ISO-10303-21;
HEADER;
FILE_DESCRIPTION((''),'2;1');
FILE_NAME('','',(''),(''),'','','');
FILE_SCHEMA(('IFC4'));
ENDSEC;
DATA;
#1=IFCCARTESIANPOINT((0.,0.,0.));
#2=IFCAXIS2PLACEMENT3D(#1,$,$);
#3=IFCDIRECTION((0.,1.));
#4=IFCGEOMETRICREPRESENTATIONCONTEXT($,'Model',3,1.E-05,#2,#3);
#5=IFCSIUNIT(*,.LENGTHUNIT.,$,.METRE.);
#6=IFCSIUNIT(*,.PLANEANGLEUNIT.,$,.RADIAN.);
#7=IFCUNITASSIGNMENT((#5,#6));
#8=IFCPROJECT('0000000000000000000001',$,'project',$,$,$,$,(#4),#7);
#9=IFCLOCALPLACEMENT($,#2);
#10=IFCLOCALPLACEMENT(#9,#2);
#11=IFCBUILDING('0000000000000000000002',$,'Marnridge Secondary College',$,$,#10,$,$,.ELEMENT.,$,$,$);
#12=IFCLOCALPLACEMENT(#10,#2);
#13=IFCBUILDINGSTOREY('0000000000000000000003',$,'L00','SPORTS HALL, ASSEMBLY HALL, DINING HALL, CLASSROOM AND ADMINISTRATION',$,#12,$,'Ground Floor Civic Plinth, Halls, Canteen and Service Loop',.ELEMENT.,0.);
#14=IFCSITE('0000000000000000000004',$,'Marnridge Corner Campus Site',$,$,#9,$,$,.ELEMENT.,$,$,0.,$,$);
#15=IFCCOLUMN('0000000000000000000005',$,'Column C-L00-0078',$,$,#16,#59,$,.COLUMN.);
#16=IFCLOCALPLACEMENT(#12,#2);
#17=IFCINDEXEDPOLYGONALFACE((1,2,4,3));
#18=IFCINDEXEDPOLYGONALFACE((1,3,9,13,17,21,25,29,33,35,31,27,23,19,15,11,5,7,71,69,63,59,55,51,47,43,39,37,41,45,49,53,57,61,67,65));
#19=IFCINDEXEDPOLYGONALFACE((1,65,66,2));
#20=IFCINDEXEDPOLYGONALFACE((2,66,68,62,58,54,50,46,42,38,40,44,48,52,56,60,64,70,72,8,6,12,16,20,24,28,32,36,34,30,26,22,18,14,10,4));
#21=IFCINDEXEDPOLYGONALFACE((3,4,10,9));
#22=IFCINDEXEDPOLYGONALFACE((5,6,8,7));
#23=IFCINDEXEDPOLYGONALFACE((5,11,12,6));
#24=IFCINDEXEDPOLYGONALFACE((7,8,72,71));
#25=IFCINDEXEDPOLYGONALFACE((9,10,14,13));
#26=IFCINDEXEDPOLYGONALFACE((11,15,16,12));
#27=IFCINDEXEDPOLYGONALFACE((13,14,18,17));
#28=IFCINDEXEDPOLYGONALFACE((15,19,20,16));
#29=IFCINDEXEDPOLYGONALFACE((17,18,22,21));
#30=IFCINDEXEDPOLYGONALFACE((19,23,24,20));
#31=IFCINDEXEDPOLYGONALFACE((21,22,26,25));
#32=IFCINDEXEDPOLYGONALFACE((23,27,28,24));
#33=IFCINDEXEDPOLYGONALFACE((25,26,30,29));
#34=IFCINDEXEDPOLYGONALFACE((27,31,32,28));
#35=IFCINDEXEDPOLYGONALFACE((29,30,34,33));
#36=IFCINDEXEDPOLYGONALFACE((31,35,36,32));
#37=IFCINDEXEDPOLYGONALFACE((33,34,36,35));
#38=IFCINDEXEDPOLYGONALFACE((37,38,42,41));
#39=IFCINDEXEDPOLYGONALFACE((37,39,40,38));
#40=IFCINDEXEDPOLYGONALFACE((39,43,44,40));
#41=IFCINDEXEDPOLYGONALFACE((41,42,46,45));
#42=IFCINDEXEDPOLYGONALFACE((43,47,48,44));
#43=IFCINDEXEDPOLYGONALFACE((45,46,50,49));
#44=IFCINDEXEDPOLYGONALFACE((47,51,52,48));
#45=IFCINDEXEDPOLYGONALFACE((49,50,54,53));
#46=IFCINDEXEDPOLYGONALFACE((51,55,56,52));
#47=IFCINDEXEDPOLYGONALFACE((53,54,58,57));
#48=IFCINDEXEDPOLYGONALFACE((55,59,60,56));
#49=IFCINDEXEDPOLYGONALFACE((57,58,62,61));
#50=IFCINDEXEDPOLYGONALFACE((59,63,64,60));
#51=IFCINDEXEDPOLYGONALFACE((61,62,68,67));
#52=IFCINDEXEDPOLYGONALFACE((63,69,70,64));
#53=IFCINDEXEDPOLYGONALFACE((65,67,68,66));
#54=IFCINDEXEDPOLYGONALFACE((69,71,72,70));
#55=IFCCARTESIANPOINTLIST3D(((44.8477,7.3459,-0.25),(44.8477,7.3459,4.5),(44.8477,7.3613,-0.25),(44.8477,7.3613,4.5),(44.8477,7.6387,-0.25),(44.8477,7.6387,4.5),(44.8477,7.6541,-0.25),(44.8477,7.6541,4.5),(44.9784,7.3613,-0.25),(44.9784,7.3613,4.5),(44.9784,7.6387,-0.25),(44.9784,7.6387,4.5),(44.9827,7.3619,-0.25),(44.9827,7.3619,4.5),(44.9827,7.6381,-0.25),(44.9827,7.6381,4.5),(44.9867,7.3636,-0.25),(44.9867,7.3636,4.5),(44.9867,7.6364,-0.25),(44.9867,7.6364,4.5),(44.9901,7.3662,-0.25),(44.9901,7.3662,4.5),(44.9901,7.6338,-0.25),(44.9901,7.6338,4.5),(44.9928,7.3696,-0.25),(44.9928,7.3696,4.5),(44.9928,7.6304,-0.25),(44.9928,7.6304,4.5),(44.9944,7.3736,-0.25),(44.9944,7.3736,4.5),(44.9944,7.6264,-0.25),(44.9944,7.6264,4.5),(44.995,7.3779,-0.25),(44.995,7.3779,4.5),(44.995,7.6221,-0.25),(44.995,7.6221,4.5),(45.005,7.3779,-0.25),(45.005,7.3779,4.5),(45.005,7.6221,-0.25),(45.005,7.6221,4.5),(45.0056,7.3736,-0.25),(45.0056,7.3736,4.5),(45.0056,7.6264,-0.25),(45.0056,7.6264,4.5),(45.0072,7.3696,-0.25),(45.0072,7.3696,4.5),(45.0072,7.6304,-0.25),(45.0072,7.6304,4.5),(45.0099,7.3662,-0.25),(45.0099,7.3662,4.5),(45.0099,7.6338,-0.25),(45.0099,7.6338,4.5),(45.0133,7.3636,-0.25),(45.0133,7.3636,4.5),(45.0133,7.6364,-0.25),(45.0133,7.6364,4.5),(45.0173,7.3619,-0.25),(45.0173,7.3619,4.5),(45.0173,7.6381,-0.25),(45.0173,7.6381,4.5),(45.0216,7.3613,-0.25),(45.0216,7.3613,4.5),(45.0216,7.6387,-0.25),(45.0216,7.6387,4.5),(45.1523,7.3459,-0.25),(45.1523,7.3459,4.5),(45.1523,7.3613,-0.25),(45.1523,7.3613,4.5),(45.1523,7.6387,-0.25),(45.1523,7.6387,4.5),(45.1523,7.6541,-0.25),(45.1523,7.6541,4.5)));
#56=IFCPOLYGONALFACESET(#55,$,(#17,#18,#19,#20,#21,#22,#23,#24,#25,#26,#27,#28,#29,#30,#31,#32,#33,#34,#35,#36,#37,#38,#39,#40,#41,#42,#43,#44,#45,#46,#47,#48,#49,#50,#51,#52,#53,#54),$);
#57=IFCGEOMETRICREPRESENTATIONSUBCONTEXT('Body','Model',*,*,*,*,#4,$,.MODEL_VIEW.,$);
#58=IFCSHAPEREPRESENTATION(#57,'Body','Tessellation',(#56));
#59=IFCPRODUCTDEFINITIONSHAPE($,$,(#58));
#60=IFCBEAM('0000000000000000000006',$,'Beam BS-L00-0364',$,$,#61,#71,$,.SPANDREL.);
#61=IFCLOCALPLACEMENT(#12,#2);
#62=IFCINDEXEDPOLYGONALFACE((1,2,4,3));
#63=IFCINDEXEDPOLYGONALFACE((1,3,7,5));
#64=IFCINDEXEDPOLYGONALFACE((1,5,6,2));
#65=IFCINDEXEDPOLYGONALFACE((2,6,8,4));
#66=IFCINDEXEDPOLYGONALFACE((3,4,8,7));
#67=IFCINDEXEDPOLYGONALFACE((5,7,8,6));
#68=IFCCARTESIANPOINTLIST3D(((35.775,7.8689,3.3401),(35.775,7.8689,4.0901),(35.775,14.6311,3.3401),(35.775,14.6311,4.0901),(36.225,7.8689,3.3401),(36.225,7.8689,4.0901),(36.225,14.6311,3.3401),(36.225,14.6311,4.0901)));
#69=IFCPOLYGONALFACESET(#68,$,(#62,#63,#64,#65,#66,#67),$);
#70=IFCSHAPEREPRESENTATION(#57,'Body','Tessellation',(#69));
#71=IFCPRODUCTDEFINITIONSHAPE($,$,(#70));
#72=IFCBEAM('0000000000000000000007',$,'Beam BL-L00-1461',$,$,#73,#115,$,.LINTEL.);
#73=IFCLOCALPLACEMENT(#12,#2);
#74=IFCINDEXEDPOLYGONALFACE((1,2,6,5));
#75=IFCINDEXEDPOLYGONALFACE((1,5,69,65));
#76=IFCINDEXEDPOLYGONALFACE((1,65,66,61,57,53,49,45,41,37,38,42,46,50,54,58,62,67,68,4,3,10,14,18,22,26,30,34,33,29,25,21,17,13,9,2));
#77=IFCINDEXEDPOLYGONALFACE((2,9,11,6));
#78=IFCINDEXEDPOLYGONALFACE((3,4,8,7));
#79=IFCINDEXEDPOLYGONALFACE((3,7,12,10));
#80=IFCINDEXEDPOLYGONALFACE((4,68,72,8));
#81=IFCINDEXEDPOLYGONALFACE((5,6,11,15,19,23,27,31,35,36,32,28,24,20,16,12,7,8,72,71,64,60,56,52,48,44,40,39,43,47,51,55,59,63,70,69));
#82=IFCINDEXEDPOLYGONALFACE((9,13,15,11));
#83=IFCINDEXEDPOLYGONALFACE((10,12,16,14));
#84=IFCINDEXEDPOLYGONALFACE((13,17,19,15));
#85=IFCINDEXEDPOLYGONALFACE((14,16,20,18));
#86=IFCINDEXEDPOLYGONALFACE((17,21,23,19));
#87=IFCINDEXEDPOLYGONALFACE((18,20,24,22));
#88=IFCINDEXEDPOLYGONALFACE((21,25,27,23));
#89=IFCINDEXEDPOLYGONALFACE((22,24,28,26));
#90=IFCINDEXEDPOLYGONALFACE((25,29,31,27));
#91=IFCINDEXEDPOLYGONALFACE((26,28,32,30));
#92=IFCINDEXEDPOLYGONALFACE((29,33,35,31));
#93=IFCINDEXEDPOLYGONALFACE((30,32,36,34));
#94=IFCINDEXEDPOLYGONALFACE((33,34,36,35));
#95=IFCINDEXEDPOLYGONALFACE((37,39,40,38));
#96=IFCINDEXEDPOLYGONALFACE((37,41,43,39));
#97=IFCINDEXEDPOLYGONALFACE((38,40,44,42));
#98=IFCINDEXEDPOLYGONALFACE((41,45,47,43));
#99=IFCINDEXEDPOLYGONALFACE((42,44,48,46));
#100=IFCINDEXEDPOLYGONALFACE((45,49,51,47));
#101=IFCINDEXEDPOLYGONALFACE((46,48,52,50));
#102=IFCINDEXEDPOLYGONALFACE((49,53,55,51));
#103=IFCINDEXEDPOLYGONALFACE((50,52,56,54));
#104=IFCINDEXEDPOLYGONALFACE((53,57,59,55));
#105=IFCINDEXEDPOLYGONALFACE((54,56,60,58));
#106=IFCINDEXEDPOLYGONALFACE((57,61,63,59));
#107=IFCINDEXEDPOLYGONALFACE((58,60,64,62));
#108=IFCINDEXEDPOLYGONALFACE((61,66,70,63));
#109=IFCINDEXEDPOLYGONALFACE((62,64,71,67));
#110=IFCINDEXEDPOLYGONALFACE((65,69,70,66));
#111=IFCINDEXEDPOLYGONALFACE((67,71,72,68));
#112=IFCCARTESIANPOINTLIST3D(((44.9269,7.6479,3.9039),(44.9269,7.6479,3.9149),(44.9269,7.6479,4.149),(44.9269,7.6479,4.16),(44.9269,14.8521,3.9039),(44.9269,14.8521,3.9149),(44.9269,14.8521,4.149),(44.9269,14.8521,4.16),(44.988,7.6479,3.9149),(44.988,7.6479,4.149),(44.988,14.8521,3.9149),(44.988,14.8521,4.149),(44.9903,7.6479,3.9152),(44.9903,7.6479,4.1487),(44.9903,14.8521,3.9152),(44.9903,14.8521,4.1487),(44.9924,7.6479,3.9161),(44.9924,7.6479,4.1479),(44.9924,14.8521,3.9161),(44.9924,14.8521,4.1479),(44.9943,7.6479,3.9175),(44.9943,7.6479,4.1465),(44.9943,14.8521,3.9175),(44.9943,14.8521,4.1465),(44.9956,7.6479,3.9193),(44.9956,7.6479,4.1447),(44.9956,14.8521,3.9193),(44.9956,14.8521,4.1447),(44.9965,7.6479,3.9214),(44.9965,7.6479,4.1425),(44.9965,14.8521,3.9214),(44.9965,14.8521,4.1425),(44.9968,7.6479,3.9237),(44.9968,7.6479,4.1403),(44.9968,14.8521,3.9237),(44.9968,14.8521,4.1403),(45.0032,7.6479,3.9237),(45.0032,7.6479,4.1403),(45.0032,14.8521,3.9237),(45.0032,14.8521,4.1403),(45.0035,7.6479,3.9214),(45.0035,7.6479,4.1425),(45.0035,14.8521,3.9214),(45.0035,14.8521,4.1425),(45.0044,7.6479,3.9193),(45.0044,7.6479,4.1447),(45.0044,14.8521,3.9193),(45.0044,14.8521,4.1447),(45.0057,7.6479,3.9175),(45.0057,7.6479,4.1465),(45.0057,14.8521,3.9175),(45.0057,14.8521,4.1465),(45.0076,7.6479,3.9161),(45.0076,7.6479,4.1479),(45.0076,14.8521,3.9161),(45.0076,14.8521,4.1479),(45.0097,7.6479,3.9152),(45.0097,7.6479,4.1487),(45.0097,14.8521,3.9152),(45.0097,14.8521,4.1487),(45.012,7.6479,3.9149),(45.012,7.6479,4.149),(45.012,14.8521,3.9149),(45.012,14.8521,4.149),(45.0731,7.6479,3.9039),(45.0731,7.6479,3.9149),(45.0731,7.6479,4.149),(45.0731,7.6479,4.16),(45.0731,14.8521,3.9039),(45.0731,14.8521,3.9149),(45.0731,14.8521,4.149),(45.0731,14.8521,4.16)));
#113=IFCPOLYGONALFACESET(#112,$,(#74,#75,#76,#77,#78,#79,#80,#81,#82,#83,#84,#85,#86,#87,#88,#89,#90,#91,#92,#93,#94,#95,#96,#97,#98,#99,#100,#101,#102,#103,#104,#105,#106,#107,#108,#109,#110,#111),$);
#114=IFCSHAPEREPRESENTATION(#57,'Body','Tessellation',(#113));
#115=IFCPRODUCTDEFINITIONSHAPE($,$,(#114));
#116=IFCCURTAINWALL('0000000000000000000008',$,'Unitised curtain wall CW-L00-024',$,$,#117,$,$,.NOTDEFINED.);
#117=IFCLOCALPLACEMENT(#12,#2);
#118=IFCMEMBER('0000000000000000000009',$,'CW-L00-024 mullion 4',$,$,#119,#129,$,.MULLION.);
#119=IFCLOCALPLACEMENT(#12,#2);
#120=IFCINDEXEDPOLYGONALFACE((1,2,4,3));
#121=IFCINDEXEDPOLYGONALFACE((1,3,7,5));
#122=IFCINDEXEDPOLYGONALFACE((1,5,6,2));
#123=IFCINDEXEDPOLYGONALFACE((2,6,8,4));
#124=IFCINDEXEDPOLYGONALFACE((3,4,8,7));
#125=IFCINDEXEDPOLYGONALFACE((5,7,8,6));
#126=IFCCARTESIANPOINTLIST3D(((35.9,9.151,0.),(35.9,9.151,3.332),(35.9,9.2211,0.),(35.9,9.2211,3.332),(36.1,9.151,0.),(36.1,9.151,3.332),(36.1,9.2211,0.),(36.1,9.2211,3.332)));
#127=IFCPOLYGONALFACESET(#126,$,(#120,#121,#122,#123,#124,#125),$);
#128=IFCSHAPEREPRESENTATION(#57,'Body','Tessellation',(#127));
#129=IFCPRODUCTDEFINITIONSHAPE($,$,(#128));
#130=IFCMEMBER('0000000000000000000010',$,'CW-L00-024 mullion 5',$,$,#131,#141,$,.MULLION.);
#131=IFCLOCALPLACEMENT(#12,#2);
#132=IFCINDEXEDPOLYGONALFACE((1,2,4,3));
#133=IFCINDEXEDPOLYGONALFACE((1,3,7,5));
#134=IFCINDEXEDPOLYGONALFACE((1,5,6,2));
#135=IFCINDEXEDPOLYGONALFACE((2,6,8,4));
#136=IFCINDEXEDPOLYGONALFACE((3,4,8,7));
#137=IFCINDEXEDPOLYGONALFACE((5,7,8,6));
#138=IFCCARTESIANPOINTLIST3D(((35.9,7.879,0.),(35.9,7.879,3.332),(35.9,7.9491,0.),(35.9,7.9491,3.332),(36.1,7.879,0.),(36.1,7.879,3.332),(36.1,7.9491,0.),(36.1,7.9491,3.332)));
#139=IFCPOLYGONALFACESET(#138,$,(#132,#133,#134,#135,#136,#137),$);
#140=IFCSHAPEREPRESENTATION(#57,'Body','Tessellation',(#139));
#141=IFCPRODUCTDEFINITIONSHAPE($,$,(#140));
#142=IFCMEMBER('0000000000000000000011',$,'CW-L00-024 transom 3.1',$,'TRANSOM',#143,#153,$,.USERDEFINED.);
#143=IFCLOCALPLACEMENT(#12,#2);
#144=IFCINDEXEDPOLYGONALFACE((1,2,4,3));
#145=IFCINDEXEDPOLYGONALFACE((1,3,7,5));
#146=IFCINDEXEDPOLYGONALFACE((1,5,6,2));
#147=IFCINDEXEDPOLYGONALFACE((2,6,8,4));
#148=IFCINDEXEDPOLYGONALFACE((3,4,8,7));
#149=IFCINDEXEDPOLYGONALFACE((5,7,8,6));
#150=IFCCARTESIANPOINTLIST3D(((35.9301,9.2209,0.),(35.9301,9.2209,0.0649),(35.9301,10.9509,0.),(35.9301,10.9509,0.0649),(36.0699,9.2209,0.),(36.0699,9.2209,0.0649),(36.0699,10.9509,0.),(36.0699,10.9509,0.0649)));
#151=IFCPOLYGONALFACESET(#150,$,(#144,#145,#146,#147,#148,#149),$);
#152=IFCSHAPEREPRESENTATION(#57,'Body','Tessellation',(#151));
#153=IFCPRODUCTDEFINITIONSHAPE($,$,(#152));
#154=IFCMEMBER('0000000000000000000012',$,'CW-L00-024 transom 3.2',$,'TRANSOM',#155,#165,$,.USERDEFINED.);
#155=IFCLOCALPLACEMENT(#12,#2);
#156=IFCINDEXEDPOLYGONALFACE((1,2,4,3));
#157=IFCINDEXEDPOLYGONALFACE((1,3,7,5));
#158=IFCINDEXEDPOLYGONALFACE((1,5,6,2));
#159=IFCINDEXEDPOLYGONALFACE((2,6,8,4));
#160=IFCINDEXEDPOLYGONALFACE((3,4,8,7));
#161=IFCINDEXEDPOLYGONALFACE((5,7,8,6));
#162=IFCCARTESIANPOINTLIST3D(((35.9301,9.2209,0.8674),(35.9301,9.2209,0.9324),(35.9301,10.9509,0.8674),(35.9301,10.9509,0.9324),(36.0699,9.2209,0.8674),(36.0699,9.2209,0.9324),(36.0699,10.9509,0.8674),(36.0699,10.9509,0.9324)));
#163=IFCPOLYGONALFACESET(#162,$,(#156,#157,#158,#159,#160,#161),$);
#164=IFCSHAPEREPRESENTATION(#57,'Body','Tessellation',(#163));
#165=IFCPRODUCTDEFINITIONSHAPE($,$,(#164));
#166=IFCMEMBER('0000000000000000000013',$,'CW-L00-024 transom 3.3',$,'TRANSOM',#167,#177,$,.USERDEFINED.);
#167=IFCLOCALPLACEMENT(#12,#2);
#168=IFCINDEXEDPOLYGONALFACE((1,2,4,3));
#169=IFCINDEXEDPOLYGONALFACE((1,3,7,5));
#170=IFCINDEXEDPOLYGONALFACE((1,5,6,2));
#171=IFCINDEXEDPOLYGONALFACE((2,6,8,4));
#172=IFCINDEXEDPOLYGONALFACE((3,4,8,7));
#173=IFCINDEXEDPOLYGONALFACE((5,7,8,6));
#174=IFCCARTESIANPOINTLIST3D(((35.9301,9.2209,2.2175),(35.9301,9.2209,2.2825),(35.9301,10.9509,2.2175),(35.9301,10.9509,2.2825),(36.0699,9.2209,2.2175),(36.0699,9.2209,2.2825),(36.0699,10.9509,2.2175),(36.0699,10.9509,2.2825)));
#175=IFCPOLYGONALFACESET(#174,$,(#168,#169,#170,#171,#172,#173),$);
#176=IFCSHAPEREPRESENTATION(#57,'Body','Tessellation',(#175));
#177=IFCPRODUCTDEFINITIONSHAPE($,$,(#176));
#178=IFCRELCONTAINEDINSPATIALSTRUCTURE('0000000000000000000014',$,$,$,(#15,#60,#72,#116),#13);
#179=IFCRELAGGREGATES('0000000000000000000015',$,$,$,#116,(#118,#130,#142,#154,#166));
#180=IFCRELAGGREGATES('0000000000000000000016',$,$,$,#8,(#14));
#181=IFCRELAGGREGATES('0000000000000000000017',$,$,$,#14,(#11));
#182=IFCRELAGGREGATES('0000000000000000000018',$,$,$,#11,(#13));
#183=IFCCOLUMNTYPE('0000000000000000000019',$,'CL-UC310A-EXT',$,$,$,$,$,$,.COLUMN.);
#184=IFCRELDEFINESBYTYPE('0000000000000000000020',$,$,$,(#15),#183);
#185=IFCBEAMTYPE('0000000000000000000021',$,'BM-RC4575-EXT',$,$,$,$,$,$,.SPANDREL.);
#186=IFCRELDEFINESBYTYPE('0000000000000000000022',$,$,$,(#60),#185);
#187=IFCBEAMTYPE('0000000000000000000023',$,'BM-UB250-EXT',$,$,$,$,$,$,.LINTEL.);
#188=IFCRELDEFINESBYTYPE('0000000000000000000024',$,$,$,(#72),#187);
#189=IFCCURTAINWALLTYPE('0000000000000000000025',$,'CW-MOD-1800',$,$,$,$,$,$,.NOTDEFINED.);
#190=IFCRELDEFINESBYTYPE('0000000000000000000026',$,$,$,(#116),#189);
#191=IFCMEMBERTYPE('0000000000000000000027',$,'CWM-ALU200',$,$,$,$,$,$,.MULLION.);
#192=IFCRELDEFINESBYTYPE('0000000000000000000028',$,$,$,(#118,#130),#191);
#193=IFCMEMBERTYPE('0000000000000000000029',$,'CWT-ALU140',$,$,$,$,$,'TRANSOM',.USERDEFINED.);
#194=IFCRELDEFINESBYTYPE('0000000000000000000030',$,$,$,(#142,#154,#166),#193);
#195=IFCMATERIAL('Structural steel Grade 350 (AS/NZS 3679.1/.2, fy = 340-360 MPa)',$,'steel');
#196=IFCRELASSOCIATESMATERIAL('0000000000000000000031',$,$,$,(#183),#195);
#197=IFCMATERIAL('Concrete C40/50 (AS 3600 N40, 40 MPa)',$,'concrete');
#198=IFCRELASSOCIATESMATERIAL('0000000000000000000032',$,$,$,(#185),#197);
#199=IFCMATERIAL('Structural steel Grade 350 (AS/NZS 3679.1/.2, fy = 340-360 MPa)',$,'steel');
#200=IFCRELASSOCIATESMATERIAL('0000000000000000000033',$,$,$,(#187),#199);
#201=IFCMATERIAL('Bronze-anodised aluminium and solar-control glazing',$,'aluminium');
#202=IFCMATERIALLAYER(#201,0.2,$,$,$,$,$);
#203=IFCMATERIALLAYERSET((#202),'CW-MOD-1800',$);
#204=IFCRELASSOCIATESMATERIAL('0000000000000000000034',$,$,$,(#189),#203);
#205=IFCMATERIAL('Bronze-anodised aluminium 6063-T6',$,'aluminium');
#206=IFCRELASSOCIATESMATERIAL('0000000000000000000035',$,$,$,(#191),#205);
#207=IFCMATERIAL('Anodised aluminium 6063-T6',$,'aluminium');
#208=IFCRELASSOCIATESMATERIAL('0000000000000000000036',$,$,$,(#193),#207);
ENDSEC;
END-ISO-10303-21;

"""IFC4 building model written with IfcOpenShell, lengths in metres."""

from ifc_helpers import new_model, si_unit, direction, frame, origin, origin_2d, place, context, subcontext, project, spatial, rectangle, i_section, extrude, material, layer, layer_set, material_profile, profile_set, type_object, element, aggregate, save


model = new_model("IFC4")

# Units and contexts
model_context = context("Model", 3, precision=1e-05, world=origin(), true_north=direction((0.0, 1.0)))
body_context = subcontext(model_context, "Body", "Model", "MODEL_VIEW")
ifc_project = project(units=[si_unit("LENGTHUNIT", "METRE"), si_unit("PLANEANGLEUNIT", "RADIAN")], contexts=[model_context])

# Site, building, storey
site_placement = place(None, origin())
site = spatial("IfcSite", under=ifc_project, at=site_placement, Name="Marnridge Corner Campus Site", CompositionType="ELEMENT", RefElevation=0.0)
building_placement = place(site_placement, origin())
building = spatial("IfcBuilding", under=site, at=building_placement, Name="Marnridge Secondary College", CompositionType="ELEMENT")
storey_placement = place(building_placement, origin())
storey = spatial("IfcBuildingStorey", under=building, at=storey_placement, Name="L00", Description="SPORTS HALL, ASSEMBLY HALL, DINING HALL, CLASSROOM AND ADMINISTRATION", LongName="Ground Floor Civic Plinth, Halls, Canteen and Service Loop", CompositionType="ELEMENT", Elevation=0.0)

# Column
ifc_material_1 = material(Name="Structural steel Grade 350 (AS/NZS 3679.1/.2, fy = 340-360 MPa)", Category="steel")
ifc_material_profile_1 = material_profile(ifc_material_1, i_section(OverallWidth=0.3047, OverallDepth=0.3081, WebThickness=0.01, FlangeThickness=0.0154, FilletRadius=0.0166, at=origin_2d()), Name="310UC96.8")
ifc_profile_set_1 = profile_set([ifc_material_profile_1], Name="Structural steel Grade 350 (AS/NZS 3679.1/.2, fy = 340-360 MPa)")
column_type_1 = type_object("IfcColumnType", Name="CL-UC310A-EXT", PredefinedType="COLUMN", material=ifc_profile_set_1)
column_1_placement = place(storey_placement, frame((45.0, 7.5, -0.25), z_axis=(0.0, 0.0, 1.0), x_axis=(1.0, 0.0, 0.0)))
element("IfcColumn", 1, at=column_1_placement, inside=storey, type_object=column_type_1, Name="Column C-L00-0078", PredefinedType="COLUMN", context=body_context, shape_type="SweptSolid", body=[
    extrude(i_section(OverallWidth=0.3047, OverallDepth=0.3081, WebThickness=0.01, FlangeThickness=0.0154, FilletRadius=0.0166, at=origin_2d()), origin(), (0.0, 0.0, 1.0), 4.75),
])

# Beams
ifc_material_2 = material(Name="Concrete C40/50 (AS 3600 N40, 40 MPa)", Category="concrete")
ifc_material_profile_2 = material_profile(ifc_material_2, rectangle(XDim=0.45, YDim=0.75, at=origin_2d()), Name="RC 450x750")
ifc_profile_set_2 = profile_set([ifc_material_profile_2], Name="Concrete C40/50 (AS 3600 N40, 40 MPa)")
beam_type_1 = type_object("IfcBeamType", Name="BM-RC4575-EXT", PredefinedType="SPANDREL", material=ifc_profile_set_2)
beam_1_placement = place(storey_placement, frame((36.0, 7.8689, 3.7151), z_axis=(0.0, 1.0, 0.0), x_axis=(-1.0, 0.0, 0.0)))
element("IfcBeam", 2, at=beam_1_placement, inside=storey, type_object=beam_type_1, Name="Beam BS-L00-0364", PredefinedType="SPANDREL", context=body_context, shape_type="SweptSolid", body=[
    extrude(rectangle(XDim=0.45, YDim=0.75, at=origin_2d()), origin(), (0.0, 0.0, 1.0), 6.7622),
])
ifc_material_3 = material(Name="Structural steel Grade 350 (AS/NZS 3679.1/.2, fy = 340-360 MPa)", Category="steel")
ifc_material_profile_3 = material_profile(ifc_material_3, i_section(OverallWidth=0.1462, OverallDepth=0.2561, WebThickness=0.0063, FlangeThickness=0.011, FilletRadius=0.0088, at=origin_2d()), Name="250UB37.3")
ifc_profile_set_3 = profile_set([ifc_material_profile_3], Name="Structural steel Grade 350 (AS/NZS 3679.1/.2, fy = 340-360 MPa)")
beam_type_2 = type_object("IfcBeamType", Name="BM-UB250-EXT", PredefinedType="LINTEL", material=ifc_profile_set_3)
beam_2_placement = place(storey_placement, frame((45.0, 7.6479, 4.032), z_axis=(0.0, 1.0, 0.0), x_axis=(-1.0, 0.0, 0.0)))
element("IfcBeam", 3, at=beam_2_placement, inside=storey, type_object=beam_type_2, Name="Beam BL-L00-1461", PredefinedType="LINTEL", context=body_context, shape_type="SweptSolid", body=[
    extrude(i_section(OverallWidth=0.1462, OverallDepth=0.2561, WebThickness=0.0063, FlangeThickness=0.011, FilletRadius=0.0088, at=origin_2d()), origin(), (0.0, 0.0, 1.0), 7.2041),
])

# Curtain wall, members
ifc_material_4 = material(Name="Bronze-anodised aluminium and solar-control glazing", Category="aluminium")
ifc_layer_1 = layer(ifc_material_4, 0.2)
ifc_layer_set_1 = layer_set([ifc_layer_1], Name="CW-MOD-1800")
curtain_wall_type = type_object("IfcCurtainWallType", Name="CW-MOD-1800", PredefinedType="NOTDEFINED", material=ifc_layer_set_1)
curtain_wall_placement = place(storey_placement, origin())
curtain_wall = element("IfcCurtainWall", 4, at=curtain_wall_placement, inside=storey, type_object=curtain_wall_type, Name="Unitised curtain wall CW-L00-024", PredefinedType="NOTDEFINED")
ifc_material_5 = material(Name="Bronze-anodised aluminium 6063-T6", Category="aluminium")
ifc_material_profile_4 = material_profile(ifc_material_5, rectangle(XDim=0.0701, YDim=0.2, at=origin_2d()), Name="ALU 70x200")
ifc_profile_set_4 = profile_set([ifc_material_profile_4], Name="Bronze-anodised aluminium 6063-T6")
member_type_1 = type_object("IfcMemberType", Name="CWM-ALU200", PredefinedType="MULLION", material=ifc_profile_set_4)
member_1_placement = place(storey_placement, frame((36.0, 9.186, 0.0), z_axis=(0.0, 0.0, 1.0), x_axis=(0.0, -1.0, 0.0)))
member_1 = element("IfcMember", 5, at=member_1_placement, type_object=member_type_1, Name="CW-L00-024 mullion 4", PredefinedType="MULLION", context=body_context, shape_type="SweptSolid", body=[
    extrude(rectangle(XDim=0.0701, YDim=0.2, at=origin_2d()), origin(), (0.0, 0.0, 1.0), 3.332),
])
member_2_placement = place(storey_placement, frame((36.0, 7.9141, 0.0), z_axis=(0.0, 0.0, 1.0), x_axis=(0.0, -1.0, 0.0)))
member_2 = element("IfcMember", 6, at=member_2_placement, type_object=member_type_1, Name="CW-L00-024 mullion 5", PredefinedType="MULLION", context=body_context, shape_type="SweptSolid", body=[
    extrude(rectangle(XDim=0.0701, YDim=0.2, at=origin_2d()), origin(), (0.0, 0.0, 1.0), 3.332),
])
ifc_material_6 = material(Name="Anodised aluminium 6063-T6", Category="aluminium")
ifc_material_profile_5 = material_profile(ifc_material_6, rectangle(XDim=0.0649, YDim=0.1399, at=origin_2d()), Name="ALU 65x140")
ifc_profile_set_5 = profile_set([ifc_material_profile_5], Name="Anodised aluminium 6063-T6")
member_type_2 = type_object("IfcMemberType", Name="CWT-ALU140", ElementType="TRANSOM", PredefinedType="USERDEFINED", material=ifc_profile_set_5)
member_3_placement = place(storey_placement, frame((36.0, 10.9509, 0.0325), z_axis=(0.0, -1.0, 0.0), x_axis=(0.0, 0.0, 1.0)))
member_3 = element("IfcMember", 7, at=member_3_placement, type_object=member_type_2, Name="CW-L00-024 transom 3.1", ObjectType="TRANSOM", PredefinedType="USERDEFINED", context=body_context, shape_type="SweptSolid", body=[
    extrude(rectangle(XDim=0.0649, YDim=0.1399, at=origin_2d()), origin(), (0.0, 0.0, 1.0), 1.73),
])
member_4_placement = place(storey_placement, frame((36.0, 10.9509, 0.8999), z_axis=(0.0, -1.0, 0.0), x_axis=(0.0, 0.0, 1.0)))
member_4 = element("IfcMember", 8, at=member_4_placement, type_object=member_type_2, Name="CW-L00-024 transom 3.2", ObjectType="TRANSOM", PredefinedType="USERDEFINED", context=body_context, shape_type="SweptSolid", body=[
    extrude(rectangle(XDim=0.0649, YDim=0.1399, at=origin_2d()), origin(), (0.0, 0.0, 1.0), 1.73),
])
member_5_placement = place(storey_placement, frame((36.0, 10.9509, 2.25), z_axis=(0.0, -1.0, 0.0), x_axis=(0.0, 0.0, 1.0)))
member_5 = element("IfcMember", 9, at=member_5_placement, type_object=member_type_2, Name="CW-L00-024 transom 3.3", ObjectType="TRANSOM", PredefinedType="USERDEFINED", context=body_context, shape_type="SweptSolid", body=[
    extrude(rectangle(XDim=0.0649, YDim=0.1399, at=origin_2d()), origin(), (0.0, 0.0, 1.0), 1.73),
])
aggregate(curtain_wall, [member_1, member_2, member_3, member_4, member_5])

save(model, "model.ifc")
